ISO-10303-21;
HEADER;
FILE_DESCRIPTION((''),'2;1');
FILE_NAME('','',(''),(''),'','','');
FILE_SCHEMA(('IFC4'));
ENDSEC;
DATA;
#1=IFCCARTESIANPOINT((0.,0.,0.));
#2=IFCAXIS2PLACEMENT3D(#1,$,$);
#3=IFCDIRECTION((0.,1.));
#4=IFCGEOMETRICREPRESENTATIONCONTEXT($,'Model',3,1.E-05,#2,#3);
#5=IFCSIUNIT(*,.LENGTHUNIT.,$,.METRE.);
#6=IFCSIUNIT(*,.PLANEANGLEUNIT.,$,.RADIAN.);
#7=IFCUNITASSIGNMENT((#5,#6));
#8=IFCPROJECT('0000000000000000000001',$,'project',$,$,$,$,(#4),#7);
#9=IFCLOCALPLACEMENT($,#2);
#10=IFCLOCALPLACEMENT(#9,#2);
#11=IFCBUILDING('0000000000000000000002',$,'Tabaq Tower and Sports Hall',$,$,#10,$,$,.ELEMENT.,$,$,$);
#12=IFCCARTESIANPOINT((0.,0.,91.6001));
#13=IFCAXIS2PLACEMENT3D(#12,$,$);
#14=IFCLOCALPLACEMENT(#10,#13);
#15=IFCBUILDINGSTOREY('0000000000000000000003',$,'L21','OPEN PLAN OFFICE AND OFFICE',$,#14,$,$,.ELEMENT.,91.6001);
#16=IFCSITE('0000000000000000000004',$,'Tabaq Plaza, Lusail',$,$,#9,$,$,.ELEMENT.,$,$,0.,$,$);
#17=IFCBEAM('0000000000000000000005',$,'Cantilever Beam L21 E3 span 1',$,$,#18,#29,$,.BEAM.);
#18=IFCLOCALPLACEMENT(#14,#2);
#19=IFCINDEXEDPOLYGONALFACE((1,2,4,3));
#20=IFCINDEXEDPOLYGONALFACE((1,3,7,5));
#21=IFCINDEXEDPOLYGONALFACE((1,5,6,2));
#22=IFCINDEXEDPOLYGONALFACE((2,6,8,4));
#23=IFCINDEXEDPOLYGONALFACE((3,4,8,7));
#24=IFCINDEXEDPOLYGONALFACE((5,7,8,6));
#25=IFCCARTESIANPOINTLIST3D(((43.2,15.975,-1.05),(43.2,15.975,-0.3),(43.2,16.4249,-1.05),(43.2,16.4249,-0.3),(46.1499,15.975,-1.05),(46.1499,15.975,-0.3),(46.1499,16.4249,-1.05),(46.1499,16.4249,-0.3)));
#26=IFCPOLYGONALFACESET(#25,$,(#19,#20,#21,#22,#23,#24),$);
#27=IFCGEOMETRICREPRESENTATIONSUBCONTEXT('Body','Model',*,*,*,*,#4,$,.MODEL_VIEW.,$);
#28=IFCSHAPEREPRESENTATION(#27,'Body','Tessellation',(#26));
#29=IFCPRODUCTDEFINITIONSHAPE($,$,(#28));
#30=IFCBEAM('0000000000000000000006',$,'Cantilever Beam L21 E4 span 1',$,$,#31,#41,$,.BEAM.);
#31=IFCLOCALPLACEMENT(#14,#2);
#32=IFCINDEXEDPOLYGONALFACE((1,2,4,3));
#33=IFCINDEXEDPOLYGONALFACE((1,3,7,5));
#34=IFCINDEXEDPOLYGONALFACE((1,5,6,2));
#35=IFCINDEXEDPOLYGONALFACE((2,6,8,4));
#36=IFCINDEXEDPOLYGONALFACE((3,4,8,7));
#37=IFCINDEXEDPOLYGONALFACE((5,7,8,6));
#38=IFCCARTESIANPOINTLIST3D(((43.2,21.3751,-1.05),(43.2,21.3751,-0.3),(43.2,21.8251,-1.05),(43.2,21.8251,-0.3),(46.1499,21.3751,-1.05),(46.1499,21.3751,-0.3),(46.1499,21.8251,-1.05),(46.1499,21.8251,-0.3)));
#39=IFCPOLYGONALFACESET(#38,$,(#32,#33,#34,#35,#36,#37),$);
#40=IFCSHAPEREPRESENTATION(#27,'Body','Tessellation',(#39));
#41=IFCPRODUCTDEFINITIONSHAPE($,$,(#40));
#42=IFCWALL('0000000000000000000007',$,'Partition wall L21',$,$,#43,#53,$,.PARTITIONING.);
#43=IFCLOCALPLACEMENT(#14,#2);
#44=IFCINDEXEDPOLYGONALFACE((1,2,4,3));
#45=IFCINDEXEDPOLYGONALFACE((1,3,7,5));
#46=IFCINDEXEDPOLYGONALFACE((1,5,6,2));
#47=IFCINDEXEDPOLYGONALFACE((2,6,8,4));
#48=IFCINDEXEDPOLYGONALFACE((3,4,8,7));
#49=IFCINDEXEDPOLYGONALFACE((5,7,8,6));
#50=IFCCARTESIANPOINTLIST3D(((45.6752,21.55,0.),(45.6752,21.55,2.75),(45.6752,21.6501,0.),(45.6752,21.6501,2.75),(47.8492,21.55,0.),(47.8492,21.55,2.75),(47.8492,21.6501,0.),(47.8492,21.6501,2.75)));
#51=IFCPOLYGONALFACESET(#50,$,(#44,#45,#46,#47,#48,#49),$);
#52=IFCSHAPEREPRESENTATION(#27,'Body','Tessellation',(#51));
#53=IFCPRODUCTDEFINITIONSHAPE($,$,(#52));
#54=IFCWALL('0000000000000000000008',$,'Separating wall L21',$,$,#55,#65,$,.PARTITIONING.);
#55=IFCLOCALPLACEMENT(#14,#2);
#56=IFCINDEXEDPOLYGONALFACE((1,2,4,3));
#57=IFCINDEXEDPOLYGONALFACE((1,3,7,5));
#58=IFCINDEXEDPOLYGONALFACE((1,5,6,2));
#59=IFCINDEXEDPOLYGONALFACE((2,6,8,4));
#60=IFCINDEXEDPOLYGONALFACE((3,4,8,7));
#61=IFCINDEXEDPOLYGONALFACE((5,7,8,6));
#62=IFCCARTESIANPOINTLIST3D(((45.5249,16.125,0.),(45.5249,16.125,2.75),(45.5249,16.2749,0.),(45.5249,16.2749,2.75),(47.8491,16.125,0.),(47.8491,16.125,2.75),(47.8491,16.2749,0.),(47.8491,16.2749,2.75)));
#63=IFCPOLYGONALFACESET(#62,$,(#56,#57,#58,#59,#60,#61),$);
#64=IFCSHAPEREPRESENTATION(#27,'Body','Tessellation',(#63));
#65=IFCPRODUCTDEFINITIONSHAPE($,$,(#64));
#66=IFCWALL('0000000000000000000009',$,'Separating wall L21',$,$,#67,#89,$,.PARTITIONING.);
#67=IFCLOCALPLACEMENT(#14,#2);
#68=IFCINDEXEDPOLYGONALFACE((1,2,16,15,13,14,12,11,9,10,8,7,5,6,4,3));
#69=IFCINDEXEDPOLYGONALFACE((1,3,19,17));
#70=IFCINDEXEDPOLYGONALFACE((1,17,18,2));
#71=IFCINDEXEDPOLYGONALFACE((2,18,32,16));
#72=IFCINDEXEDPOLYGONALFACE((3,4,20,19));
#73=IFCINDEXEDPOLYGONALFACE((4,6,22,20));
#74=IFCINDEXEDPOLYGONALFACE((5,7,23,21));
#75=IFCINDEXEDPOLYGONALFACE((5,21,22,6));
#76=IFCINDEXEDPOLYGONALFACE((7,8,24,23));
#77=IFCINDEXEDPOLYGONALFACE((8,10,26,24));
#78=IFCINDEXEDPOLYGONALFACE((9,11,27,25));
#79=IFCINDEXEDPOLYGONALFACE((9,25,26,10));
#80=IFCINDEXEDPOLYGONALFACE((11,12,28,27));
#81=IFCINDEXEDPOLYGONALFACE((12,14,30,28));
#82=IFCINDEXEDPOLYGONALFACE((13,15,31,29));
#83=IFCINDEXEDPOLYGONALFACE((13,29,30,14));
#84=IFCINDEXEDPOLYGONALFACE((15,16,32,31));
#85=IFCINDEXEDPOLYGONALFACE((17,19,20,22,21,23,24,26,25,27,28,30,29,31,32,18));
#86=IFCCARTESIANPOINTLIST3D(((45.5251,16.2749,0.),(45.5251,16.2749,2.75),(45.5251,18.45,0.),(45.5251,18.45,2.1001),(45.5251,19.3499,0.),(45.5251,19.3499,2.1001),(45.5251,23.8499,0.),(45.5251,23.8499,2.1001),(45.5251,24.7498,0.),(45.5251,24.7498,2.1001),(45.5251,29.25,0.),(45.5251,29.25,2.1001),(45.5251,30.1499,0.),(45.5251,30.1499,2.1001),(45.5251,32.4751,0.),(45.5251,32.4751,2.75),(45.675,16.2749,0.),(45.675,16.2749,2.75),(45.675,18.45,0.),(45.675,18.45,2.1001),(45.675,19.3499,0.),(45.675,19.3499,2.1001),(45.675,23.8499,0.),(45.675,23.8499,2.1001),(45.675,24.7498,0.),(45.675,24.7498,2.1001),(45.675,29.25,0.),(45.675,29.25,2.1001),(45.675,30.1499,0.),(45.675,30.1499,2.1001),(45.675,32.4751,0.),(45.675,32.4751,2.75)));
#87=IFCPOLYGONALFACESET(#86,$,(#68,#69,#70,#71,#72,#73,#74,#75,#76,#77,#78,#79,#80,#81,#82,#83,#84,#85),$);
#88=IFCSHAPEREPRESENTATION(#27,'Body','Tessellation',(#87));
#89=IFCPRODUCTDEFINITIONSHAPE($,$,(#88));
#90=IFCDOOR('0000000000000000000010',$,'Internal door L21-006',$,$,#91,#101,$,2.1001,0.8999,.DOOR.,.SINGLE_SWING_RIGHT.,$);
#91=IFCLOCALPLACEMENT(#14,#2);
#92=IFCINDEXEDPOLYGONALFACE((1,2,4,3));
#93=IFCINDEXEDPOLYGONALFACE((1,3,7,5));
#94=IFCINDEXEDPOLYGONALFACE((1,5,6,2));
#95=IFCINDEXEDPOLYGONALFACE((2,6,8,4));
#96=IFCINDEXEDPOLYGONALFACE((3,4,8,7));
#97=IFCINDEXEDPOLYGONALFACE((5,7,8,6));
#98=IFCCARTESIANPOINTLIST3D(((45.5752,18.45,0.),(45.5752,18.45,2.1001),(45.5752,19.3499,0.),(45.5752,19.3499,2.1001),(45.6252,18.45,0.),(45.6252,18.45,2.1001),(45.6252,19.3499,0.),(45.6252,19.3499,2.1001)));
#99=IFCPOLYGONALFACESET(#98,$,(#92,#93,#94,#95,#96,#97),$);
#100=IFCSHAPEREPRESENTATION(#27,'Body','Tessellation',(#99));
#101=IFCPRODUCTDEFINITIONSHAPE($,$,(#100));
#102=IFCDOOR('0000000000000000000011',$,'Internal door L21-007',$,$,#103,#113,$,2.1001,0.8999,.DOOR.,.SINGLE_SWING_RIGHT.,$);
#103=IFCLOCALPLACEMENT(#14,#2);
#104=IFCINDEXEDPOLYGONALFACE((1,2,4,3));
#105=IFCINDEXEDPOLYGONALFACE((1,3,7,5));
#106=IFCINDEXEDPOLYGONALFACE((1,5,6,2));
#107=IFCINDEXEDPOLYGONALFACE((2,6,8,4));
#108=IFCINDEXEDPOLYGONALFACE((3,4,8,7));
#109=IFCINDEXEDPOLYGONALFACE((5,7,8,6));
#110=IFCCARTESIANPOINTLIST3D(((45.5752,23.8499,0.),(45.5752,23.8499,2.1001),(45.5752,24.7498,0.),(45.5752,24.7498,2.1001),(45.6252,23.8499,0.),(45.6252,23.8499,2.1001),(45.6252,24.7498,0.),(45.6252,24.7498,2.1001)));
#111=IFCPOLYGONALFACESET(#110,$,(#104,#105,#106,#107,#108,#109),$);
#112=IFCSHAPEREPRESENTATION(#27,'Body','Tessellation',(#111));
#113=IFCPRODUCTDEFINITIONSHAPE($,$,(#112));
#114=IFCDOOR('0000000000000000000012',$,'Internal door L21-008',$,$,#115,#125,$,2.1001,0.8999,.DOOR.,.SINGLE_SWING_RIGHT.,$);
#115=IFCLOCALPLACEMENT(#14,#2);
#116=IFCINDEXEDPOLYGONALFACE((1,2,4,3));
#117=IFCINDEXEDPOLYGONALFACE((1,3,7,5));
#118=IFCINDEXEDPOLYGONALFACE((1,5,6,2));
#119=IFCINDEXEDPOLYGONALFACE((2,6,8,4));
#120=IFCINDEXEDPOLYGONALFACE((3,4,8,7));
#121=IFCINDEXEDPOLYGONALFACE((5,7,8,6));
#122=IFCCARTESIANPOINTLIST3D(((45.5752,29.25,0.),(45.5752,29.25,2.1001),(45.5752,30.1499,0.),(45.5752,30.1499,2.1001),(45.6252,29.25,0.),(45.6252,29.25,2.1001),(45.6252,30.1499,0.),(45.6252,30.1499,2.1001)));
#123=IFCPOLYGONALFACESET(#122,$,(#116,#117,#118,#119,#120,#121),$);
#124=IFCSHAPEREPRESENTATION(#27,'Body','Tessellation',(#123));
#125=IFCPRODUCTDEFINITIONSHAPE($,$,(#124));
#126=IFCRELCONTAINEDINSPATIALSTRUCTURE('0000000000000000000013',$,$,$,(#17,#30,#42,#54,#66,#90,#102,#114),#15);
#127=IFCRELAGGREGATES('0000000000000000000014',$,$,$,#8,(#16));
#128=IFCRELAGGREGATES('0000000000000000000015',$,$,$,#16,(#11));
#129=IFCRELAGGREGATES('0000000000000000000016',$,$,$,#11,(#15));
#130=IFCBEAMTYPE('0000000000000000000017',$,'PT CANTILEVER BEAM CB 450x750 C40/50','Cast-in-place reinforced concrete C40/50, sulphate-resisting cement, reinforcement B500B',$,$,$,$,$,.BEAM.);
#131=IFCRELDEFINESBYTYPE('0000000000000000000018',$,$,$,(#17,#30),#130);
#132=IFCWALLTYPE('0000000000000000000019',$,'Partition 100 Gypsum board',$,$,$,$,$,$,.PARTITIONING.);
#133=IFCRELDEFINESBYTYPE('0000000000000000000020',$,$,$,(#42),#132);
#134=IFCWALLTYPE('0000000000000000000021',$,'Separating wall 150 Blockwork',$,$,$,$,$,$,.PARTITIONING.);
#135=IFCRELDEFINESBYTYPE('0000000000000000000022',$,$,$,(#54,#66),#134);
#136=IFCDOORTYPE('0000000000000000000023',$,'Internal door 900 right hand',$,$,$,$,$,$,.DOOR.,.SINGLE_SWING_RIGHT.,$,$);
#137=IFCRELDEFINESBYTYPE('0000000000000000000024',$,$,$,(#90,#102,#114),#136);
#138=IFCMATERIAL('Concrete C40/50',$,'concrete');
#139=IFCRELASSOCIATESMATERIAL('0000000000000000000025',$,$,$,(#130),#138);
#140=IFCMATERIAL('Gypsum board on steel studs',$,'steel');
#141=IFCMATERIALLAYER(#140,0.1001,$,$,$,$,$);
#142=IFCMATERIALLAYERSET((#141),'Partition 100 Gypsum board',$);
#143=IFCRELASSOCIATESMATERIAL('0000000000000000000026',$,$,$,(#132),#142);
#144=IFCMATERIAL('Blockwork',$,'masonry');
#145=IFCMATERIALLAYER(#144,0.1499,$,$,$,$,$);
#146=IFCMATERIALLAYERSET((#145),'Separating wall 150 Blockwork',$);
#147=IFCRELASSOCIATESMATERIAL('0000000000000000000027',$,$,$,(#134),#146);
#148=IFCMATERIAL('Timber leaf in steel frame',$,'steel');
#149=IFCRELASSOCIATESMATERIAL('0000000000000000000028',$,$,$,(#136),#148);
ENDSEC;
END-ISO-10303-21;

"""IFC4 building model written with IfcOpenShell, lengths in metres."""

from ifc_helpers import new_model, si_unit, direction, frame, frame_2d, origin, origin_2d, place, context, subcontext, project, spatial, rectangle, extrude, material, layer, layer_set, material_profile, profile_set, type_object, element, fill, save


model = new_model("IFC4")

# Units and contexts
model_context = context("Model", 3, precision=1e-05, world=origin(), true_north=direction((0.0, 1.0)))
body_context = subcontext(model_context, "Body", "Model", "MODEL_VIEW")
ifc_project = project(units=[si_unit("LENGTHUNIT", "METRE"), si_unit("PLANEANGLEUNIT", "RADIAN")], contexts=[model_context])

# Site, building, storey
site_placement = place(None, origin())
site = spatial("IfcSite", under=ifc_project, at=site_placement, Name="Tabaq Plaza, Lusail", CompositionType="ELEMENT", RefElevation=0.0)
building_placement = place(site_placement, origin())
building = spatial("IfcBuilding", under=site, at=building_placement, Name="Tabaq Tower and Sports Hall", CompositionType="ELEMENT")
storey_placement = place(building_placement, frame((0.0, 0.0, 91.6001)))
storey = spatial("IfcBuildingStorey", under=building, at=storey_placement, Name="L21", Description="OPEN PLAN OFFICE AND OFFICE", CompositionType="ELEMENT", Elevation=91.6001)

# Beams
ifc_material_1 = material(Name="Concrete C40/50", Category="concrete")
ifc_material_profile = material_profile(ifc_material_1, rectangle(XDim=0.45, YDim=0.75, at=origin_2d()), Name="CB 450x750")
ifc_profile_set = profile_set([ifc_material_profile], Name="Concrete C40/50")
beam_type = type_object("IfcBeamType", Name="PT CANTILEVER BEAM CB 450x750 C40/50", Description="Cast-in-place reinforced concrete C40/50, sulphate-resisting cement, reinforcement B500B", PredefinedType="BEAM", material=ifc_profile_set)
for number, where, z_axis, x_axis, name in (
    (1, (46.1499, 16.2, -0.675), (-1.0, 0.0, 0.0), (0.0, -1.0, 0.0), "Cantilever Beam L21 E3 span 1"),
    (2, (46.1499, 21.6001, -0.675), (-1.0, 0.0, 0.0), (0.0, -1.0, 0.0), "Cantilever Beam L21 E4 span 1"),
):
    element("IfcBeam", number, at=place(storey_placement, frame(where, z_axis=z_axis, x_axis=x_axis)), inside=storey, type_object=beam_type, Name=name, PredefinedType="BEAM", context=body_context, shape_type="SweptSolid", body=[
        extrude(rectangle(XDim=0.45, YDim=0.75, at=origin_2d()), origin(), (0.0, 0.0, 1.0), 2.95),
    ])

# Walls
ifc_material_2 = material(Name="Gypsum board on steel studs", Category="steel")
ifc_layer_1 = layer(ifc_material_2, 0.1001)
ifc_layer_set_1 = layer_set([ifc_layer_1], Name="Partition 100 Gypsum board")
wall_type_1 = type_object("IfcWallType", Name="Partition 100 Gypsum board", PredefinedType="PARTITIONING", material=ifc_layer_set_1)
wall_1_placement = place(storey_placement, frame((47.8491, 21.6001, 0.0), z_axis=(0.0, 0.0, 1.0), x_axis=(-1.0, 0.0, 0.0)))
element("IfcWall", 3, at=wall_1_placement, inside=storey, type_object=wall_type_1, Name="Partition wall L21", PredefinedType="PARTITIONING", context=body_context, shape_type="SweptSolid", body=[
    extrude(rectangle(XDim=2.1741, YDim=0.1001, at=frame_2d((1.0869, 0.0))), origin(), (0.0, 0.0, 1.0), 2.75),
])
ifc_material_3 = material(Name="Blockwork", Category="masonry")
ifc_layer_2 = layer(ifc_material_3, 0.1499)
ifc_layer_set_2 = layer_set([ifc_layer_2], Name="Separating wall 150 Blockwork")
wall_type_2 = type_object("IfcWallType", Name="Separating wall 150 Blockwork", PredefinedType="PARTITIONING", material=ifc_layer_set_2)
wall_2_placement = place(storey_placement, frame((47.8491, 16.2, 0.0), z_axis=(0.0, 0.0, 1.0), x_axis=(-1.0, 0.0, 0.0)))
element("IfcWall", 4, at=wall_2_placement, inside=storey, type_object=wall_type_2, Name="Separating wall L21", PredefinedType="PARTITIONING", context=body_context, shape_type="SweptSolid", body=[
    extrude(rectangle(XDim=2.3242, YDim=0.1499, at=frame_2d((1.1621, 0.0))), origin(), (0.0, 0.0, 1.0), 2.75),
])

# Wall, openings, doors
wall_3_placement = place(storey_placement, frame((45.6001, 16.2749, 0.0), z_axis=(0.0, 0.0, 1.0), x_axis=(0.0, 1.0, 0.0)))
wall_3 = element("IfcWall", 5, at=wall_3_placement, inside=storey, type_object=wall_type_2, Name="Separating wall L21", PredefinedType="PARTITIONING", context=body_context, shape_type="SweptSolid", body=[
    extrude(rectangle(XDim=16.2002, YDim=0.1499, at=frame_2d((8.1001, 0.0))), origin(), (0.0, 0.0, 1.0), 2.75),
])
opening_1_placement = place(wall_3_placement, frame((2.175, 0.0, 0.0)))
opening_1 = element("IfcOpeningElement", 6, at=opening_1_placement, cuts=wall_3, PredefinedType="OPENING", context=body_context, shape_type="SweptSolid", body=[
    extrude(rectangle(XDim=0.8999, YDim=2.1001, at=frame_2d((0.45, 1.05))), frame((0.0, 0.075, 0.0), z_axis=(0.0, -1.0, 0.0), x_axis=(1.0, 0.0, 0.0)), (0.0, 0.0, 1.0), 0.1499),
])
opening_2_placement = place(wall_3_placement, frame((7.575, 0.0, 0.0)))
opening_2 = element("IfcOpeningElement", 7, at=opening_2_placement, cuts=wall_3, PredefinedType="OPENING", context=body_context, shape_type="SweptSolid", body=[
    extrude(rectangle(XDim=0.8999, YDim=2.1001, at=frame_2d((0.45, 1.05))), frame((0.0, 0.075, 0.0), z_axis=(0.0, -1.0, 0.0), x_axis=(1.0, 0.0, 0.0)), (0.0, 0.0, 1.0), 0.1499),
])
opening_3_placement = place(wall_3_placement, frame((12.9751, 0.0, 0.0)))
opening_3 = element("IfcOpeningElement", 8, at=opening_3_placement, cuts=wall_3, PredefinedType="OPENING", context=body_context, shape_type="SweptSolid", body=[
    extrude(rectangle(XDim=0.8999, YDim=2.1001, at=frame_2d((0.45, 1.05))), frame((0.0, 0.075, 0.0), z_axis=(0.0, -1.0, 0.0), x_axis=(1.0, 0.0, 0.0)), (0.0, 0.0, 1.0), 0.1499),
])
ifc_material_4 = material(Name="Timber leaf in steel frame", Category="steel")
door_type_1 = type_object("IfcDoorType", Name="Internal door 900 right hand", OperationType="SINGLE_SWING_RIGHT", PredefinedType="DOOR", material=ifc_material_4)
door_1_placement = place(opening_1_placement, origin())
door_1 = element("IfcDoor", 9, at=door_1_placement, inside=storey, type_object=door_type_1, Name="Internal door L21-006", OperationType="SINGLE_SWING_RIGHT", OverallHeight=2.1001, OverallWidth=0.8999, PredefinedType="DOOR", context=body_context, shape_type="SweptSolid", body=[
    extrude(rectangle(XDim=0.8999, YDim=2.1001, at=frame_2d((0.45, 1.05))), frame((0.0, 0.0249, 0.0), z_axis=(0.0, -1.0, 0.0), x_axis=(1.0, 0.0, 0.0)), (0.0, 0.0, 1.0), 0.05),
])
fill(opening_1, door_1)
door_2_placement = place(opening_2_placement, origin())
door_2 = element("IfcDoor", 10, at=door_2_placement, inside=storey, type_object=door_type_1, Name="Internal door L21-007", OperationType="SINGLE_SWING_RIGHT", OverallHeight=2.1001, OverallWidth=0.8999, PredefinedType="DOOR", context=body_context, shape_type="SweptSolid", body=[
    extrude(rectangle(XDim=0.8999, YDim=2.1001, at=frame_2d((0.45, 1.05))), frame((0.0, 0.0249, 0.0), z_axis=(0.0, -1.0, 0.0), x_axis=(1.0, 0.0, 0.0)), (0.0, 0.0, 1.0), 0.05),
])
fill(opening_2, door_2)
door_3_placement = place(opening_3_placement, origin())
door_3 = element("IfcDoor", 11, at=door_3_placement, inside=storey, type_object=door_type_1, Name="Internal door L21-008", OperationType="SINGLE_SWING_RIGHT", OverallHeight=2.1001, OverallWidth=0.8999, PredefinedType="DOOR", context=body_context, shape_type="SweptSolid", body=[
    extrude(rectangle(XDim=0.8999, YDim=2.1001, at=frame_2d((0.45, 1.05))), frame((0.0, 0.0249, 0.0), z_axis=(0.0, -1.0, 0.0), x_axis=(1.0, 0.0, 0.0)), (0.0, 0.0, 1.0), 0.05),
])
fill(opening_3, door_3)

save(model, "model.ifc")
